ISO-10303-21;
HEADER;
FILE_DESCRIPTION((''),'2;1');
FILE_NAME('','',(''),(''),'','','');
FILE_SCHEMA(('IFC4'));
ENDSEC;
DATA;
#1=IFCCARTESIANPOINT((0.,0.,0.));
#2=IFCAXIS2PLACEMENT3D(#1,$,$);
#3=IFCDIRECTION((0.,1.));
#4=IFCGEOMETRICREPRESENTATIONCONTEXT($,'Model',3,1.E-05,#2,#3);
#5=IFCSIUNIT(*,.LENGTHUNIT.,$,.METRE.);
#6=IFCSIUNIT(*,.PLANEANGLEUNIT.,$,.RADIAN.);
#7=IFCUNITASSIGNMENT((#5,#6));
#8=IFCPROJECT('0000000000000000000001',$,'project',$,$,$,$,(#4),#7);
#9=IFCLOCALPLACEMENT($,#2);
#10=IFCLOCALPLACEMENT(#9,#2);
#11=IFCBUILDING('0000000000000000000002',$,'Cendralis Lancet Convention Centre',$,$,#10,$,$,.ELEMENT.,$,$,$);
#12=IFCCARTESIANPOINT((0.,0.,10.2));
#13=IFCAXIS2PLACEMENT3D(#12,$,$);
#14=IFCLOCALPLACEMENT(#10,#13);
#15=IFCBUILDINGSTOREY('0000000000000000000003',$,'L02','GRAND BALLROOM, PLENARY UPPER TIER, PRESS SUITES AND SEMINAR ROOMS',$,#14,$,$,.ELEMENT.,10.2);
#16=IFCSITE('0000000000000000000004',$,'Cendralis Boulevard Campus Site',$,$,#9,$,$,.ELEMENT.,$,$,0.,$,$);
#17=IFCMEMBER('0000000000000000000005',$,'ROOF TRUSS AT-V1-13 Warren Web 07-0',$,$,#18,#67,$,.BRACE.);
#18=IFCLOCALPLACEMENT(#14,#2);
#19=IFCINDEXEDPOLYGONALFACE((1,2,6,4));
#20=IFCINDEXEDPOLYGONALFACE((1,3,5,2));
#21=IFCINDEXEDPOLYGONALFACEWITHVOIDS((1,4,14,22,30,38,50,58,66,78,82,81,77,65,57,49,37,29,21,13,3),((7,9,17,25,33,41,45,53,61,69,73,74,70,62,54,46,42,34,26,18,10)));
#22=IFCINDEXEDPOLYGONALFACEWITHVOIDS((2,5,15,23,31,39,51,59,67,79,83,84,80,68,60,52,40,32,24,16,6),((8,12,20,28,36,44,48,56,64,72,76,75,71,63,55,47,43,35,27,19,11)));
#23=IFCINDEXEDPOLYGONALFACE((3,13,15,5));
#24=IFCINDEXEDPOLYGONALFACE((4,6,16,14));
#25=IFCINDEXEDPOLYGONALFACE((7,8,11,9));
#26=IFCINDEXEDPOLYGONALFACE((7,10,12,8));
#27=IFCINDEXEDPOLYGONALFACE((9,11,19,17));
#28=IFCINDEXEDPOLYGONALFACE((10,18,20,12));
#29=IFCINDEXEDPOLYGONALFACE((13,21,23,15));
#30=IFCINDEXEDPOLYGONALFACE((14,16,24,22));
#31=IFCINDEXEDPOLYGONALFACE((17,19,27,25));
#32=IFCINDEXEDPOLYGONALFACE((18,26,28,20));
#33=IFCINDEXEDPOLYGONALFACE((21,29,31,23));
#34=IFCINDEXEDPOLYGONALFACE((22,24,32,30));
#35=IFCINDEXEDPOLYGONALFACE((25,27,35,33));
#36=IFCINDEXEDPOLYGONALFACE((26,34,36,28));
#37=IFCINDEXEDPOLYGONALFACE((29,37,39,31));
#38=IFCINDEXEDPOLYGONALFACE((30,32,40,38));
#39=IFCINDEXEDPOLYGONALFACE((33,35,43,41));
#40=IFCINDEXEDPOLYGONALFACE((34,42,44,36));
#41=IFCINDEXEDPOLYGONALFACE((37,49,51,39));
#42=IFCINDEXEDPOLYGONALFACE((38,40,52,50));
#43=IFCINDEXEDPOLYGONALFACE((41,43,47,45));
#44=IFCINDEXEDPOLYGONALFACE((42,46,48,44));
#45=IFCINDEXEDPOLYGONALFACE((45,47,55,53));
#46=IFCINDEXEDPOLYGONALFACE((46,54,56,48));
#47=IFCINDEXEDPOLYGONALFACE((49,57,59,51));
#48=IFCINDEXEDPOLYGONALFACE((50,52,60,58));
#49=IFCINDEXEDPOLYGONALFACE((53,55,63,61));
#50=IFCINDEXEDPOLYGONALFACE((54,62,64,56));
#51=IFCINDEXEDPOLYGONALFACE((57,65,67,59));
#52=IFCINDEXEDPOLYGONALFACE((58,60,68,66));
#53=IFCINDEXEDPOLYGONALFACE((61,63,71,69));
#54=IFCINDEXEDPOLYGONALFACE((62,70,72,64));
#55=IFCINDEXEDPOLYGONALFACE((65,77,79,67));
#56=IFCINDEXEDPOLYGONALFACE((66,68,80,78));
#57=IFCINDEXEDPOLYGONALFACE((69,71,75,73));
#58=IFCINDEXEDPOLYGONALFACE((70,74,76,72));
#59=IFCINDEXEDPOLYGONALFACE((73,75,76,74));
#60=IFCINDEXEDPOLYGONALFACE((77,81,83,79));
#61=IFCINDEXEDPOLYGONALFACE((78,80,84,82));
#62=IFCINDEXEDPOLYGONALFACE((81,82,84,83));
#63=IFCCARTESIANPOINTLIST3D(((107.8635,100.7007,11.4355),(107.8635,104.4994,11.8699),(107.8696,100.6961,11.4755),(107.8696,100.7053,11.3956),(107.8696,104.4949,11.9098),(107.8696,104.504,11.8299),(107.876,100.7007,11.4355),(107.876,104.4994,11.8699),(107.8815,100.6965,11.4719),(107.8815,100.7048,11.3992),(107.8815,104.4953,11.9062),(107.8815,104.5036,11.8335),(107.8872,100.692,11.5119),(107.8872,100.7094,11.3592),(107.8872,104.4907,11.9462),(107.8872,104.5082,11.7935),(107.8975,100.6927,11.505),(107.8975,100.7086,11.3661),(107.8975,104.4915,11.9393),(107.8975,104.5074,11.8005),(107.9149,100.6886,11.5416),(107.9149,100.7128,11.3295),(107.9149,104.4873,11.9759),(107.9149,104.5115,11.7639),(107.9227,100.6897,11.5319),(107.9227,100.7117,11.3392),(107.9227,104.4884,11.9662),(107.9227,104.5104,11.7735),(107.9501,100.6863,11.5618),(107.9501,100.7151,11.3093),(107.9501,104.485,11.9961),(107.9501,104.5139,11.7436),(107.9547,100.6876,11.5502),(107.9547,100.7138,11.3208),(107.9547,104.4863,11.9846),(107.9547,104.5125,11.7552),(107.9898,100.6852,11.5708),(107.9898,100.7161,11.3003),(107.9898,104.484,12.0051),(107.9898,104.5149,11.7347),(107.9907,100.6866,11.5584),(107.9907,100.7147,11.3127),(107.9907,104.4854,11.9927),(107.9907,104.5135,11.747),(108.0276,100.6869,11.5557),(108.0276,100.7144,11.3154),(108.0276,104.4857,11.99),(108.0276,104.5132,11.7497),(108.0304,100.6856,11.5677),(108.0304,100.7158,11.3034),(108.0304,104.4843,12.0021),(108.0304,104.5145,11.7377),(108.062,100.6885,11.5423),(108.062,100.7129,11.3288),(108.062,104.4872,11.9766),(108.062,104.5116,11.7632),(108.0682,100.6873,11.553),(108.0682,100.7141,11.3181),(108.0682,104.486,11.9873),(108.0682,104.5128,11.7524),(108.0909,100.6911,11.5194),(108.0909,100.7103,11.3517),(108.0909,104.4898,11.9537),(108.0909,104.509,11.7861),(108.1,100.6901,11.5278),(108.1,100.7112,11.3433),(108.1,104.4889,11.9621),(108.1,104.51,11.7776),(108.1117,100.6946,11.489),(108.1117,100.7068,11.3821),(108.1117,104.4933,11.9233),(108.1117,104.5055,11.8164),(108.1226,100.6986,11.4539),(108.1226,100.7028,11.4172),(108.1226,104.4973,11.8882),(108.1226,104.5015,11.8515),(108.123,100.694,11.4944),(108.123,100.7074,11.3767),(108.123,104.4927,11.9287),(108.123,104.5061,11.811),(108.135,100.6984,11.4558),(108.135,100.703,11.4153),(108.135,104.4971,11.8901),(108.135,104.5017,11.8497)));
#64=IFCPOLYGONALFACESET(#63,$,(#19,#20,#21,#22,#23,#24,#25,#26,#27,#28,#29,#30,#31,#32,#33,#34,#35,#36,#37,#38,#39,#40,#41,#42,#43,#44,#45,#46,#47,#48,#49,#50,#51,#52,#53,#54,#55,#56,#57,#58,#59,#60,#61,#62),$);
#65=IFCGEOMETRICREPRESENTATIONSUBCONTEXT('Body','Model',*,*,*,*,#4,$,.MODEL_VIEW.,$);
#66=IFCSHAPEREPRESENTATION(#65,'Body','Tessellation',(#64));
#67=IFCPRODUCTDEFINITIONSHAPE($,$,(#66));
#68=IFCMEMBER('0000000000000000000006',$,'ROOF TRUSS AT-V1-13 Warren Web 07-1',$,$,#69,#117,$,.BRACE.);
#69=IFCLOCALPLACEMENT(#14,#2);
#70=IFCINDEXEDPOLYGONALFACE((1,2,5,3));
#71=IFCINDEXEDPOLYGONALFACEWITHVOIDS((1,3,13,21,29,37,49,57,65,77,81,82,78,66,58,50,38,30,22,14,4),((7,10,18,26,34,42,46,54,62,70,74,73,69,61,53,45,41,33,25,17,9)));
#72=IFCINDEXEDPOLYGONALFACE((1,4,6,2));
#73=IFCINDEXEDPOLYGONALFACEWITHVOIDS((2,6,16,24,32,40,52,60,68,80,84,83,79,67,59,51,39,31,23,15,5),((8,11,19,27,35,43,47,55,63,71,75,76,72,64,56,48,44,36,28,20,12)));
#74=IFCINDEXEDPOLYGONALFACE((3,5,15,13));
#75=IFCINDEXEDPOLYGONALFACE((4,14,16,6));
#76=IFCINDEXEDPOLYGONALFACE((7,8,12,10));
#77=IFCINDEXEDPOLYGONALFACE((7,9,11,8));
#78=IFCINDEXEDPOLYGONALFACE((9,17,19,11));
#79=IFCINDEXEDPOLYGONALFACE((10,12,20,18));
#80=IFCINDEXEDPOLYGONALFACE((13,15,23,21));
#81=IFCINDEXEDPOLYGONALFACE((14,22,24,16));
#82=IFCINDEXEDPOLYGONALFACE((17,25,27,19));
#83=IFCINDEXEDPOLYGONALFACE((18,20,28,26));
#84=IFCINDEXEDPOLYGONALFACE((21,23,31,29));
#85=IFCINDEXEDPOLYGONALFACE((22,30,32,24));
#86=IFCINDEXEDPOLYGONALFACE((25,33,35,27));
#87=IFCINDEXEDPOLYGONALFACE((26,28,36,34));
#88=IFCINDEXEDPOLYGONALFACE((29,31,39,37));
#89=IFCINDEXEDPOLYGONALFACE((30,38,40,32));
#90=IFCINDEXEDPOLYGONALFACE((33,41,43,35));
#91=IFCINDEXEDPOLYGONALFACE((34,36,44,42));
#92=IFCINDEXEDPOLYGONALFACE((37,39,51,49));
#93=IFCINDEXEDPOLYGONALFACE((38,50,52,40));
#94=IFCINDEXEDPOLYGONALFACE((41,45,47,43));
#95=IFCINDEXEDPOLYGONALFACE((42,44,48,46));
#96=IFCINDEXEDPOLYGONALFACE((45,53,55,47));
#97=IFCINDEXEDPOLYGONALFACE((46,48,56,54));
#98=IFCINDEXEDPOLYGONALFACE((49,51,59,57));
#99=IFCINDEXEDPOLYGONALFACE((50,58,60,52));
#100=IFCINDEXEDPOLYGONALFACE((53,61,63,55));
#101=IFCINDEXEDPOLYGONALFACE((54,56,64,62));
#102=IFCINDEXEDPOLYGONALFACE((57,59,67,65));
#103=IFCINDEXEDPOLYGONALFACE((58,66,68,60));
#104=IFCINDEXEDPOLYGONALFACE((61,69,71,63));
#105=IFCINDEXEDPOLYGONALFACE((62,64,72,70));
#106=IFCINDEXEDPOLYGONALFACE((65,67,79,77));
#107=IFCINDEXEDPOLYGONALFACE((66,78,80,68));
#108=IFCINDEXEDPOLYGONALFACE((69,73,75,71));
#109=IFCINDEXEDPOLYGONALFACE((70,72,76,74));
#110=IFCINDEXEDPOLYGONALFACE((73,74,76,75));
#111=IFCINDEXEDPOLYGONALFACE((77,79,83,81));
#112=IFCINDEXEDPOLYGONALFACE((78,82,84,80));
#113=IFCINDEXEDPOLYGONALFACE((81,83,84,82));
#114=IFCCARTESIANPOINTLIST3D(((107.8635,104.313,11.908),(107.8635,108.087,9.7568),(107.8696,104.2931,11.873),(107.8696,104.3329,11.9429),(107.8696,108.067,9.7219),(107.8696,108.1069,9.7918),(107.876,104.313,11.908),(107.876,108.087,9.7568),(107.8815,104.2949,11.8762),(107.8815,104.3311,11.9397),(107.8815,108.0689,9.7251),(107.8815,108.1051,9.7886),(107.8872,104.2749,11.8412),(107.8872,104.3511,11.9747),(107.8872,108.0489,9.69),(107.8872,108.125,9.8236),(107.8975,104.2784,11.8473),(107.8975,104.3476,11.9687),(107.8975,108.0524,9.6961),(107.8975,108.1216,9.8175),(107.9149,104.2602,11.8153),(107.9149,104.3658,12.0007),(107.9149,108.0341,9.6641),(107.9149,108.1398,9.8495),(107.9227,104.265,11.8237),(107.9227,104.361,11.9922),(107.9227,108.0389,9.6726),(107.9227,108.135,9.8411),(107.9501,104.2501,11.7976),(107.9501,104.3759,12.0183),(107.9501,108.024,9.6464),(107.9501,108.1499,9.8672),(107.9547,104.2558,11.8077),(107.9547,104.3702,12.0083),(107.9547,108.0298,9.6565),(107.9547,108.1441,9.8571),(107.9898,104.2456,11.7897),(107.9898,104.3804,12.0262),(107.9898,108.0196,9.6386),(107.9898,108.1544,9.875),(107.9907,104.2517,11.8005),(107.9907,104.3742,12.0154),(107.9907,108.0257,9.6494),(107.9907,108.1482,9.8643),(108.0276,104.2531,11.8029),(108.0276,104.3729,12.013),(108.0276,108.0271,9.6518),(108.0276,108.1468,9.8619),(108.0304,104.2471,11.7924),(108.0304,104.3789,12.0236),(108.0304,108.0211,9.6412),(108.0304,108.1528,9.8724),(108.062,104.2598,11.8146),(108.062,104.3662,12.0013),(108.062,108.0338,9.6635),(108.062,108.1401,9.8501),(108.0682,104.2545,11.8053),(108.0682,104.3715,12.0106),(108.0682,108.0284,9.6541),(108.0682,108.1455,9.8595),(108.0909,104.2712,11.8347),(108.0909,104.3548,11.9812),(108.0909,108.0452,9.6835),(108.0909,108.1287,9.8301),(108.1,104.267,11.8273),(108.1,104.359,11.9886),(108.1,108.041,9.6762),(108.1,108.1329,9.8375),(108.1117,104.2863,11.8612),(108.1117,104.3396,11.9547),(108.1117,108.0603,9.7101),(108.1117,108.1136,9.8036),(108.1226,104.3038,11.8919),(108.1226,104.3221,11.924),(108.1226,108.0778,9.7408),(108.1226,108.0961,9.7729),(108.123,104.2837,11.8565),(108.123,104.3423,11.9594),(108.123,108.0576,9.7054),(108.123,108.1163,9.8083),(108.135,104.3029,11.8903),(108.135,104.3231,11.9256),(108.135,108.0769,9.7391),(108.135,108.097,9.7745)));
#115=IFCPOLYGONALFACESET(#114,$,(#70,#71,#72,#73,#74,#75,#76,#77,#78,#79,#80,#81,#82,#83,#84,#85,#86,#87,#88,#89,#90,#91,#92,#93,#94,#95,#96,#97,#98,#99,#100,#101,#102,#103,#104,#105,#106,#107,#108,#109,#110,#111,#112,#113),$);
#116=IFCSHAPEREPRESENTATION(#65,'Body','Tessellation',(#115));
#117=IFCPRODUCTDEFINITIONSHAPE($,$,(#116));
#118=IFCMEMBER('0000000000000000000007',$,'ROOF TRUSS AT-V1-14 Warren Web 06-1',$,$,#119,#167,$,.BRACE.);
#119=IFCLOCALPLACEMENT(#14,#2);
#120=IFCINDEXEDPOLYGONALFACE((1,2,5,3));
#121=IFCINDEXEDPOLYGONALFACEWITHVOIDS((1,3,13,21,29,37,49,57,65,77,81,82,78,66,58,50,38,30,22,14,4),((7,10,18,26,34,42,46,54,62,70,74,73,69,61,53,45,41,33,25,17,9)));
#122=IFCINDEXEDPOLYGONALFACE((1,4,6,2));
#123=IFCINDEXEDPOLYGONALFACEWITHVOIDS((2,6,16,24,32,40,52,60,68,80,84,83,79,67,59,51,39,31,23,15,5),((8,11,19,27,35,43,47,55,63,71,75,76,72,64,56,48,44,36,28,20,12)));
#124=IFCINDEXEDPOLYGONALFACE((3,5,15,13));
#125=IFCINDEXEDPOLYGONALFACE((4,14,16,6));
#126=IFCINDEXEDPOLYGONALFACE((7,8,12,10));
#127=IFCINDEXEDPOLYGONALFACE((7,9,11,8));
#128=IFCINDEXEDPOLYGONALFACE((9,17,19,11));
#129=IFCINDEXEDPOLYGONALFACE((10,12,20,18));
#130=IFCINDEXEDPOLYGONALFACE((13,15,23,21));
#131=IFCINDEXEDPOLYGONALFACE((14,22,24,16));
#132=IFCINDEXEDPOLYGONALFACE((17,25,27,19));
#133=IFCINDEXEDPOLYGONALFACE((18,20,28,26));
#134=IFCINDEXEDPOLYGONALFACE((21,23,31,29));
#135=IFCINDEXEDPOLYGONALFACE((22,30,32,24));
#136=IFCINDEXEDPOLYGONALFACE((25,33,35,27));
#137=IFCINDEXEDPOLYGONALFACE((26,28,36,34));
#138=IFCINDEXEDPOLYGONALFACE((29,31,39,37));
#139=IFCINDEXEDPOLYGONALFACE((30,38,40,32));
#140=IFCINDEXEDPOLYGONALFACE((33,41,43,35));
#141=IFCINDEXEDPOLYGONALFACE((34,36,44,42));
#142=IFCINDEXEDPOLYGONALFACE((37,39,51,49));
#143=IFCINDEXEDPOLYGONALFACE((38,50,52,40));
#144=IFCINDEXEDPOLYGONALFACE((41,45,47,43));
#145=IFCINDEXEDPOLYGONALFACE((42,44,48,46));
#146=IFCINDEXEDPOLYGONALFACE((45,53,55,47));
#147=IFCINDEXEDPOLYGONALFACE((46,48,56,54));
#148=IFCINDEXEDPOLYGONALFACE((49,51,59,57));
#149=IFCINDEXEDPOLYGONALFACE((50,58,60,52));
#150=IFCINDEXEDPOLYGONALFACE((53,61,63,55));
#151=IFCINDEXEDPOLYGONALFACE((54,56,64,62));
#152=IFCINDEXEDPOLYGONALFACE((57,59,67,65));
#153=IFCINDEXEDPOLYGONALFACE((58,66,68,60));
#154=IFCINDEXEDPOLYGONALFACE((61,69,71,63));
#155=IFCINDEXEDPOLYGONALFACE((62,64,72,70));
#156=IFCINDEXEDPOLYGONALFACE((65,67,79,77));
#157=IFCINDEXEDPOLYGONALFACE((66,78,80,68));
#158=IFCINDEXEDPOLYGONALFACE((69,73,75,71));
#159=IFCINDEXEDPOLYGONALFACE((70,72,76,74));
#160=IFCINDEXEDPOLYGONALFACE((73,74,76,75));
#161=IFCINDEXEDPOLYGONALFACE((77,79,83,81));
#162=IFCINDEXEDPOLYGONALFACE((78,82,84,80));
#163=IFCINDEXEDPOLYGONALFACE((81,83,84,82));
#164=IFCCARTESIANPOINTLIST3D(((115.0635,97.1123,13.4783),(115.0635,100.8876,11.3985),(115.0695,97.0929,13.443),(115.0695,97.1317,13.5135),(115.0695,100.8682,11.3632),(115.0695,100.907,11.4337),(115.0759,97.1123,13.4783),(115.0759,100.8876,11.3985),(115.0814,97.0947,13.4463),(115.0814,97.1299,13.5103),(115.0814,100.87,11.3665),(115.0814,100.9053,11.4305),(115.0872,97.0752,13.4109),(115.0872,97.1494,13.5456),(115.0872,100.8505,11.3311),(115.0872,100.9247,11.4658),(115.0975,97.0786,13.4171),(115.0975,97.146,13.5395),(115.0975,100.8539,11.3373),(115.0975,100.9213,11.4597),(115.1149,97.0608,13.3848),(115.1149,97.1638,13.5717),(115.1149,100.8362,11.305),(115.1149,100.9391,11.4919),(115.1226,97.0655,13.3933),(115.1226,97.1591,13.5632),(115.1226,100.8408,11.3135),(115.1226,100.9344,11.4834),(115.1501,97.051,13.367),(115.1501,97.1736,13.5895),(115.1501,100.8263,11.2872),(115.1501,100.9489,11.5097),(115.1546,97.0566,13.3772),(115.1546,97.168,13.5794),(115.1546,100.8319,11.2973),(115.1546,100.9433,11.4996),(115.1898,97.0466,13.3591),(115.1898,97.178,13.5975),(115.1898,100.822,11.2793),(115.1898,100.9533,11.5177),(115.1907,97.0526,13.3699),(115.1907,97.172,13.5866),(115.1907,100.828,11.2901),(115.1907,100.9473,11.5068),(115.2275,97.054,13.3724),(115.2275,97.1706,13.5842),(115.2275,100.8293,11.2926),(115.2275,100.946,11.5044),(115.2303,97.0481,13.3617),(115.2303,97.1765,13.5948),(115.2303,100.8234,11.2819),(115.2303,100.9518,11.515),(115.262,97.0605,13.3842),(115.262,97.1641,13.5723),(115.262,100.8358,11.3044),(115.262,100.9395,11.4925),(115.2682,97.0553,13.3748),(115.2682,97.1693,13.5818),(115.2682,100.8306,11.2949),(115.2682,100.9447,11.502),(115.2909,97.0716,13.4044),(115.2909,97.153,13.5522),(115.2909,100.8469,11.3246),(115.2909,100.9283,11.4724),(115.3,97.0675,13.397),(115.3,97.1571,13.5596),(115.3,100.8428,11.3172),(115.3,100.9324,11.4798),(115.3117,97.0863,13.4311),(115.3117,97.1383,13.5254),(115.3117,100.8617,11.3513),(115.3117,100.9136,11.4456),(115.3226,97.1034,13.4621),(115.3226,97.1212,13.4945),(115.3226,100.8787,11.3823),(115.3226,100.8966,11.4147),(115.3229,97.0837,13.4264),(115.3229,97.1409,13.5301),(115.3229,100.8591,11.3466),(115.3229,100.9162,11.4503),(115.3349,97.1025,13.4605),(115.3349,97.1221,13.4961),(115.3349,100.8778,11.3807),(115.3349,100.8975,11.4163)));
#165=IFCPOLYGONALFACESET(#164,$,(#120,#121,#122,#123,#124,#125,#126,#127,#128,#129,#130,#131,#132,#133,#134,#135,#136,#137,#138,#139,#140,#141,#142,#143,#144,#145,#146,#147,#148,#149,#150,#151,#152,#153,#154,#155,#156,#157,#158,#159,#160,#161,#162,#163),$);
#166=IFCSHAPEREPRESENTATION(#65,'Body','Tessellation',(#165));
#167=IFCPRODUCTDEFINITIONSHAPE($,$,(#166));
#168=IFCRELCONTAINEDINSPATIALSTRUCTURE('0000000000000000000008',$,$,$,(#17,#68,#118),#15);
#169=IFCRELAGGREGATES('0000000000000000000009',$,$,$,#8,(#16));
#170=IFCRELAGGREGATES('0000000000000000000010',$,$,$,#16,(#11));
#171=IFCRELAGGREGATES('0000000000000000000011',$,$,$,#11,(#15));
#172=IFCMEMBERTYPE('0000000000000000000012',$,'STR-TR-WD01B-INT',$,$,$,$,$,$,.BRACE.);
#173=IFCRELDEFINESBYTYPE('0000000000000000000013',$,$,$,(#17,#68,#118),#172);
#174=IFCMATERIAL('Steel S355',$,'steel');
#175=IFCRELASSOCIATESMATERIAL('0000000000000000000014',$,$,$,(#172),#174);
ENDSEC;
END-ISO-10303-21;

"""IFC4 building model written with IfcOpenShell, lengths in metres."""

from ifc_helpers import new_model, si_unit, direction, frame, origin, origin_2d, place, context, subcontext, project, spatial, hollow_circle, extrude, material, material_profile, profile_set, type_object, element, save


model = new_model("IFC4")

# Units and contexts
model_context = context("Model", 3, precision=1e-05, world=origin(), true_north=direction((0.0, 1.0)))
body_context = subcontext(model_context, "Body", "Model", "MODEL_VIEW")
ifc_project = project(units=[si_unit("LENGTHUNIT", "METRE"), si_unit("PLANEANGLEUNIT", "RADIAN")], contexts=[model_context])

# Site, building, storey
site_placement = place(None, origin())
site = spatial("IfcSite", under=ifc_project, at=site_placement, Name="Cendralis Boulevard Campus Site", CompositionType="ELEMENT", RefElevation=0.0)
building_placement = place(site_placement, origin())
building = spatial("IfcBuilding", under=site, at=building_placement, Name="Cendralis Lancet Convention Centre", CompositionType="ELEMENT")
storey_placement = place(building_placement, frame((0.0, 0.0, 10.2)))
storey = spatial("IfcBuildingStorey", under=building, at=storey_placement, Name="L02", Description="GRAND BALLROOM, PLENARY UPPER TIER, PRESS SUITES AND SEMINAR ROOMS", CompositionType="ELEMENT", Elevation=10.2)

# Shared definitions
ifc_material_1 = material(Name="Steel S355", Category="steel")

# Members
ifc_material_profile_1 = material_profile(ifc_material_1, hollow_circle(Radius=0.1365, WallThickness=0.0125, at=origin_2d()), Name="CHS 273.0x12.5")
ifc_profile_set_1 = profile_set([ifc_material_profile_1], Name="Steel S355")
member_type_1 = type_object("IfcMemberType", Name="STR-TR-WD01B-INT", PredefinedType="BRACE", material=ifc_profile_set_1)
member_1_placement = place(storey_placement, frame((108.0, 100.7007, 11.4355), z_axis=(0.0, 0.993528, 0.113592), x_axis=(-1.0, 0.0, 0.0)))
element("IfcMember", 1, at=member_1_placement, inside=storey, type_object=member_type_1, Name="ROOF TRUSS AT-V1-13 Warren Web 07-0", PredefinedType="BRACE", context=body_context, shape_type="SweptSolid", body=[
    extrude(hollow_circle(Radius=0.1365, WallThickness=0.0125, at=origin_2d()), origin(), (0.0, 0.0, 1.0), 3.8235),
])
member_2_placement = place(storey_placement, frame((108.0, 104.313, 11.908), z_axis=(0.0, 0.868779, -0.4952), x_axis=(-1.0, 0.0, 0.0)))
element("IfcMember", 2, at=member_2_placement, inside=storey, type_object=member_type_1, Name="ROOF TRUSS AT-V1-13 Warren Web 07-1", PredefinedType="BRACE", context=body_context, shape_type="SweptSolid", body=[
    extrude(hollow_circle(Radius=0.1365, WallThickness=0.0125, at=origin_2d()), origin(), (0.0, 0.0, 1.0), 4.344),
])
member_3_placement = place(storey_placement, frame((115.2, 97.1123, 13.4783), z_axis=(0.0, 0.875886, -0.482519), x_axis=(-1.0, 0.0, 0.0)))
element("IfcMember", 3, at=member_3_placement, inside=storey, type_object=member_type_1, Name="ROOF TRUSS AT-V1-14 Warren Web 06-1", PredefinedType="BRACE", context=body_context, shape_type="SweptSolid", body=[
    extrude(hollow_circle(Radius=0.1365, WallThickness=0.0125, at=origin_2d()), origin(), (0.0, 0.0, 1.0), 4.3103),
])

save(model, "model.ifc")
